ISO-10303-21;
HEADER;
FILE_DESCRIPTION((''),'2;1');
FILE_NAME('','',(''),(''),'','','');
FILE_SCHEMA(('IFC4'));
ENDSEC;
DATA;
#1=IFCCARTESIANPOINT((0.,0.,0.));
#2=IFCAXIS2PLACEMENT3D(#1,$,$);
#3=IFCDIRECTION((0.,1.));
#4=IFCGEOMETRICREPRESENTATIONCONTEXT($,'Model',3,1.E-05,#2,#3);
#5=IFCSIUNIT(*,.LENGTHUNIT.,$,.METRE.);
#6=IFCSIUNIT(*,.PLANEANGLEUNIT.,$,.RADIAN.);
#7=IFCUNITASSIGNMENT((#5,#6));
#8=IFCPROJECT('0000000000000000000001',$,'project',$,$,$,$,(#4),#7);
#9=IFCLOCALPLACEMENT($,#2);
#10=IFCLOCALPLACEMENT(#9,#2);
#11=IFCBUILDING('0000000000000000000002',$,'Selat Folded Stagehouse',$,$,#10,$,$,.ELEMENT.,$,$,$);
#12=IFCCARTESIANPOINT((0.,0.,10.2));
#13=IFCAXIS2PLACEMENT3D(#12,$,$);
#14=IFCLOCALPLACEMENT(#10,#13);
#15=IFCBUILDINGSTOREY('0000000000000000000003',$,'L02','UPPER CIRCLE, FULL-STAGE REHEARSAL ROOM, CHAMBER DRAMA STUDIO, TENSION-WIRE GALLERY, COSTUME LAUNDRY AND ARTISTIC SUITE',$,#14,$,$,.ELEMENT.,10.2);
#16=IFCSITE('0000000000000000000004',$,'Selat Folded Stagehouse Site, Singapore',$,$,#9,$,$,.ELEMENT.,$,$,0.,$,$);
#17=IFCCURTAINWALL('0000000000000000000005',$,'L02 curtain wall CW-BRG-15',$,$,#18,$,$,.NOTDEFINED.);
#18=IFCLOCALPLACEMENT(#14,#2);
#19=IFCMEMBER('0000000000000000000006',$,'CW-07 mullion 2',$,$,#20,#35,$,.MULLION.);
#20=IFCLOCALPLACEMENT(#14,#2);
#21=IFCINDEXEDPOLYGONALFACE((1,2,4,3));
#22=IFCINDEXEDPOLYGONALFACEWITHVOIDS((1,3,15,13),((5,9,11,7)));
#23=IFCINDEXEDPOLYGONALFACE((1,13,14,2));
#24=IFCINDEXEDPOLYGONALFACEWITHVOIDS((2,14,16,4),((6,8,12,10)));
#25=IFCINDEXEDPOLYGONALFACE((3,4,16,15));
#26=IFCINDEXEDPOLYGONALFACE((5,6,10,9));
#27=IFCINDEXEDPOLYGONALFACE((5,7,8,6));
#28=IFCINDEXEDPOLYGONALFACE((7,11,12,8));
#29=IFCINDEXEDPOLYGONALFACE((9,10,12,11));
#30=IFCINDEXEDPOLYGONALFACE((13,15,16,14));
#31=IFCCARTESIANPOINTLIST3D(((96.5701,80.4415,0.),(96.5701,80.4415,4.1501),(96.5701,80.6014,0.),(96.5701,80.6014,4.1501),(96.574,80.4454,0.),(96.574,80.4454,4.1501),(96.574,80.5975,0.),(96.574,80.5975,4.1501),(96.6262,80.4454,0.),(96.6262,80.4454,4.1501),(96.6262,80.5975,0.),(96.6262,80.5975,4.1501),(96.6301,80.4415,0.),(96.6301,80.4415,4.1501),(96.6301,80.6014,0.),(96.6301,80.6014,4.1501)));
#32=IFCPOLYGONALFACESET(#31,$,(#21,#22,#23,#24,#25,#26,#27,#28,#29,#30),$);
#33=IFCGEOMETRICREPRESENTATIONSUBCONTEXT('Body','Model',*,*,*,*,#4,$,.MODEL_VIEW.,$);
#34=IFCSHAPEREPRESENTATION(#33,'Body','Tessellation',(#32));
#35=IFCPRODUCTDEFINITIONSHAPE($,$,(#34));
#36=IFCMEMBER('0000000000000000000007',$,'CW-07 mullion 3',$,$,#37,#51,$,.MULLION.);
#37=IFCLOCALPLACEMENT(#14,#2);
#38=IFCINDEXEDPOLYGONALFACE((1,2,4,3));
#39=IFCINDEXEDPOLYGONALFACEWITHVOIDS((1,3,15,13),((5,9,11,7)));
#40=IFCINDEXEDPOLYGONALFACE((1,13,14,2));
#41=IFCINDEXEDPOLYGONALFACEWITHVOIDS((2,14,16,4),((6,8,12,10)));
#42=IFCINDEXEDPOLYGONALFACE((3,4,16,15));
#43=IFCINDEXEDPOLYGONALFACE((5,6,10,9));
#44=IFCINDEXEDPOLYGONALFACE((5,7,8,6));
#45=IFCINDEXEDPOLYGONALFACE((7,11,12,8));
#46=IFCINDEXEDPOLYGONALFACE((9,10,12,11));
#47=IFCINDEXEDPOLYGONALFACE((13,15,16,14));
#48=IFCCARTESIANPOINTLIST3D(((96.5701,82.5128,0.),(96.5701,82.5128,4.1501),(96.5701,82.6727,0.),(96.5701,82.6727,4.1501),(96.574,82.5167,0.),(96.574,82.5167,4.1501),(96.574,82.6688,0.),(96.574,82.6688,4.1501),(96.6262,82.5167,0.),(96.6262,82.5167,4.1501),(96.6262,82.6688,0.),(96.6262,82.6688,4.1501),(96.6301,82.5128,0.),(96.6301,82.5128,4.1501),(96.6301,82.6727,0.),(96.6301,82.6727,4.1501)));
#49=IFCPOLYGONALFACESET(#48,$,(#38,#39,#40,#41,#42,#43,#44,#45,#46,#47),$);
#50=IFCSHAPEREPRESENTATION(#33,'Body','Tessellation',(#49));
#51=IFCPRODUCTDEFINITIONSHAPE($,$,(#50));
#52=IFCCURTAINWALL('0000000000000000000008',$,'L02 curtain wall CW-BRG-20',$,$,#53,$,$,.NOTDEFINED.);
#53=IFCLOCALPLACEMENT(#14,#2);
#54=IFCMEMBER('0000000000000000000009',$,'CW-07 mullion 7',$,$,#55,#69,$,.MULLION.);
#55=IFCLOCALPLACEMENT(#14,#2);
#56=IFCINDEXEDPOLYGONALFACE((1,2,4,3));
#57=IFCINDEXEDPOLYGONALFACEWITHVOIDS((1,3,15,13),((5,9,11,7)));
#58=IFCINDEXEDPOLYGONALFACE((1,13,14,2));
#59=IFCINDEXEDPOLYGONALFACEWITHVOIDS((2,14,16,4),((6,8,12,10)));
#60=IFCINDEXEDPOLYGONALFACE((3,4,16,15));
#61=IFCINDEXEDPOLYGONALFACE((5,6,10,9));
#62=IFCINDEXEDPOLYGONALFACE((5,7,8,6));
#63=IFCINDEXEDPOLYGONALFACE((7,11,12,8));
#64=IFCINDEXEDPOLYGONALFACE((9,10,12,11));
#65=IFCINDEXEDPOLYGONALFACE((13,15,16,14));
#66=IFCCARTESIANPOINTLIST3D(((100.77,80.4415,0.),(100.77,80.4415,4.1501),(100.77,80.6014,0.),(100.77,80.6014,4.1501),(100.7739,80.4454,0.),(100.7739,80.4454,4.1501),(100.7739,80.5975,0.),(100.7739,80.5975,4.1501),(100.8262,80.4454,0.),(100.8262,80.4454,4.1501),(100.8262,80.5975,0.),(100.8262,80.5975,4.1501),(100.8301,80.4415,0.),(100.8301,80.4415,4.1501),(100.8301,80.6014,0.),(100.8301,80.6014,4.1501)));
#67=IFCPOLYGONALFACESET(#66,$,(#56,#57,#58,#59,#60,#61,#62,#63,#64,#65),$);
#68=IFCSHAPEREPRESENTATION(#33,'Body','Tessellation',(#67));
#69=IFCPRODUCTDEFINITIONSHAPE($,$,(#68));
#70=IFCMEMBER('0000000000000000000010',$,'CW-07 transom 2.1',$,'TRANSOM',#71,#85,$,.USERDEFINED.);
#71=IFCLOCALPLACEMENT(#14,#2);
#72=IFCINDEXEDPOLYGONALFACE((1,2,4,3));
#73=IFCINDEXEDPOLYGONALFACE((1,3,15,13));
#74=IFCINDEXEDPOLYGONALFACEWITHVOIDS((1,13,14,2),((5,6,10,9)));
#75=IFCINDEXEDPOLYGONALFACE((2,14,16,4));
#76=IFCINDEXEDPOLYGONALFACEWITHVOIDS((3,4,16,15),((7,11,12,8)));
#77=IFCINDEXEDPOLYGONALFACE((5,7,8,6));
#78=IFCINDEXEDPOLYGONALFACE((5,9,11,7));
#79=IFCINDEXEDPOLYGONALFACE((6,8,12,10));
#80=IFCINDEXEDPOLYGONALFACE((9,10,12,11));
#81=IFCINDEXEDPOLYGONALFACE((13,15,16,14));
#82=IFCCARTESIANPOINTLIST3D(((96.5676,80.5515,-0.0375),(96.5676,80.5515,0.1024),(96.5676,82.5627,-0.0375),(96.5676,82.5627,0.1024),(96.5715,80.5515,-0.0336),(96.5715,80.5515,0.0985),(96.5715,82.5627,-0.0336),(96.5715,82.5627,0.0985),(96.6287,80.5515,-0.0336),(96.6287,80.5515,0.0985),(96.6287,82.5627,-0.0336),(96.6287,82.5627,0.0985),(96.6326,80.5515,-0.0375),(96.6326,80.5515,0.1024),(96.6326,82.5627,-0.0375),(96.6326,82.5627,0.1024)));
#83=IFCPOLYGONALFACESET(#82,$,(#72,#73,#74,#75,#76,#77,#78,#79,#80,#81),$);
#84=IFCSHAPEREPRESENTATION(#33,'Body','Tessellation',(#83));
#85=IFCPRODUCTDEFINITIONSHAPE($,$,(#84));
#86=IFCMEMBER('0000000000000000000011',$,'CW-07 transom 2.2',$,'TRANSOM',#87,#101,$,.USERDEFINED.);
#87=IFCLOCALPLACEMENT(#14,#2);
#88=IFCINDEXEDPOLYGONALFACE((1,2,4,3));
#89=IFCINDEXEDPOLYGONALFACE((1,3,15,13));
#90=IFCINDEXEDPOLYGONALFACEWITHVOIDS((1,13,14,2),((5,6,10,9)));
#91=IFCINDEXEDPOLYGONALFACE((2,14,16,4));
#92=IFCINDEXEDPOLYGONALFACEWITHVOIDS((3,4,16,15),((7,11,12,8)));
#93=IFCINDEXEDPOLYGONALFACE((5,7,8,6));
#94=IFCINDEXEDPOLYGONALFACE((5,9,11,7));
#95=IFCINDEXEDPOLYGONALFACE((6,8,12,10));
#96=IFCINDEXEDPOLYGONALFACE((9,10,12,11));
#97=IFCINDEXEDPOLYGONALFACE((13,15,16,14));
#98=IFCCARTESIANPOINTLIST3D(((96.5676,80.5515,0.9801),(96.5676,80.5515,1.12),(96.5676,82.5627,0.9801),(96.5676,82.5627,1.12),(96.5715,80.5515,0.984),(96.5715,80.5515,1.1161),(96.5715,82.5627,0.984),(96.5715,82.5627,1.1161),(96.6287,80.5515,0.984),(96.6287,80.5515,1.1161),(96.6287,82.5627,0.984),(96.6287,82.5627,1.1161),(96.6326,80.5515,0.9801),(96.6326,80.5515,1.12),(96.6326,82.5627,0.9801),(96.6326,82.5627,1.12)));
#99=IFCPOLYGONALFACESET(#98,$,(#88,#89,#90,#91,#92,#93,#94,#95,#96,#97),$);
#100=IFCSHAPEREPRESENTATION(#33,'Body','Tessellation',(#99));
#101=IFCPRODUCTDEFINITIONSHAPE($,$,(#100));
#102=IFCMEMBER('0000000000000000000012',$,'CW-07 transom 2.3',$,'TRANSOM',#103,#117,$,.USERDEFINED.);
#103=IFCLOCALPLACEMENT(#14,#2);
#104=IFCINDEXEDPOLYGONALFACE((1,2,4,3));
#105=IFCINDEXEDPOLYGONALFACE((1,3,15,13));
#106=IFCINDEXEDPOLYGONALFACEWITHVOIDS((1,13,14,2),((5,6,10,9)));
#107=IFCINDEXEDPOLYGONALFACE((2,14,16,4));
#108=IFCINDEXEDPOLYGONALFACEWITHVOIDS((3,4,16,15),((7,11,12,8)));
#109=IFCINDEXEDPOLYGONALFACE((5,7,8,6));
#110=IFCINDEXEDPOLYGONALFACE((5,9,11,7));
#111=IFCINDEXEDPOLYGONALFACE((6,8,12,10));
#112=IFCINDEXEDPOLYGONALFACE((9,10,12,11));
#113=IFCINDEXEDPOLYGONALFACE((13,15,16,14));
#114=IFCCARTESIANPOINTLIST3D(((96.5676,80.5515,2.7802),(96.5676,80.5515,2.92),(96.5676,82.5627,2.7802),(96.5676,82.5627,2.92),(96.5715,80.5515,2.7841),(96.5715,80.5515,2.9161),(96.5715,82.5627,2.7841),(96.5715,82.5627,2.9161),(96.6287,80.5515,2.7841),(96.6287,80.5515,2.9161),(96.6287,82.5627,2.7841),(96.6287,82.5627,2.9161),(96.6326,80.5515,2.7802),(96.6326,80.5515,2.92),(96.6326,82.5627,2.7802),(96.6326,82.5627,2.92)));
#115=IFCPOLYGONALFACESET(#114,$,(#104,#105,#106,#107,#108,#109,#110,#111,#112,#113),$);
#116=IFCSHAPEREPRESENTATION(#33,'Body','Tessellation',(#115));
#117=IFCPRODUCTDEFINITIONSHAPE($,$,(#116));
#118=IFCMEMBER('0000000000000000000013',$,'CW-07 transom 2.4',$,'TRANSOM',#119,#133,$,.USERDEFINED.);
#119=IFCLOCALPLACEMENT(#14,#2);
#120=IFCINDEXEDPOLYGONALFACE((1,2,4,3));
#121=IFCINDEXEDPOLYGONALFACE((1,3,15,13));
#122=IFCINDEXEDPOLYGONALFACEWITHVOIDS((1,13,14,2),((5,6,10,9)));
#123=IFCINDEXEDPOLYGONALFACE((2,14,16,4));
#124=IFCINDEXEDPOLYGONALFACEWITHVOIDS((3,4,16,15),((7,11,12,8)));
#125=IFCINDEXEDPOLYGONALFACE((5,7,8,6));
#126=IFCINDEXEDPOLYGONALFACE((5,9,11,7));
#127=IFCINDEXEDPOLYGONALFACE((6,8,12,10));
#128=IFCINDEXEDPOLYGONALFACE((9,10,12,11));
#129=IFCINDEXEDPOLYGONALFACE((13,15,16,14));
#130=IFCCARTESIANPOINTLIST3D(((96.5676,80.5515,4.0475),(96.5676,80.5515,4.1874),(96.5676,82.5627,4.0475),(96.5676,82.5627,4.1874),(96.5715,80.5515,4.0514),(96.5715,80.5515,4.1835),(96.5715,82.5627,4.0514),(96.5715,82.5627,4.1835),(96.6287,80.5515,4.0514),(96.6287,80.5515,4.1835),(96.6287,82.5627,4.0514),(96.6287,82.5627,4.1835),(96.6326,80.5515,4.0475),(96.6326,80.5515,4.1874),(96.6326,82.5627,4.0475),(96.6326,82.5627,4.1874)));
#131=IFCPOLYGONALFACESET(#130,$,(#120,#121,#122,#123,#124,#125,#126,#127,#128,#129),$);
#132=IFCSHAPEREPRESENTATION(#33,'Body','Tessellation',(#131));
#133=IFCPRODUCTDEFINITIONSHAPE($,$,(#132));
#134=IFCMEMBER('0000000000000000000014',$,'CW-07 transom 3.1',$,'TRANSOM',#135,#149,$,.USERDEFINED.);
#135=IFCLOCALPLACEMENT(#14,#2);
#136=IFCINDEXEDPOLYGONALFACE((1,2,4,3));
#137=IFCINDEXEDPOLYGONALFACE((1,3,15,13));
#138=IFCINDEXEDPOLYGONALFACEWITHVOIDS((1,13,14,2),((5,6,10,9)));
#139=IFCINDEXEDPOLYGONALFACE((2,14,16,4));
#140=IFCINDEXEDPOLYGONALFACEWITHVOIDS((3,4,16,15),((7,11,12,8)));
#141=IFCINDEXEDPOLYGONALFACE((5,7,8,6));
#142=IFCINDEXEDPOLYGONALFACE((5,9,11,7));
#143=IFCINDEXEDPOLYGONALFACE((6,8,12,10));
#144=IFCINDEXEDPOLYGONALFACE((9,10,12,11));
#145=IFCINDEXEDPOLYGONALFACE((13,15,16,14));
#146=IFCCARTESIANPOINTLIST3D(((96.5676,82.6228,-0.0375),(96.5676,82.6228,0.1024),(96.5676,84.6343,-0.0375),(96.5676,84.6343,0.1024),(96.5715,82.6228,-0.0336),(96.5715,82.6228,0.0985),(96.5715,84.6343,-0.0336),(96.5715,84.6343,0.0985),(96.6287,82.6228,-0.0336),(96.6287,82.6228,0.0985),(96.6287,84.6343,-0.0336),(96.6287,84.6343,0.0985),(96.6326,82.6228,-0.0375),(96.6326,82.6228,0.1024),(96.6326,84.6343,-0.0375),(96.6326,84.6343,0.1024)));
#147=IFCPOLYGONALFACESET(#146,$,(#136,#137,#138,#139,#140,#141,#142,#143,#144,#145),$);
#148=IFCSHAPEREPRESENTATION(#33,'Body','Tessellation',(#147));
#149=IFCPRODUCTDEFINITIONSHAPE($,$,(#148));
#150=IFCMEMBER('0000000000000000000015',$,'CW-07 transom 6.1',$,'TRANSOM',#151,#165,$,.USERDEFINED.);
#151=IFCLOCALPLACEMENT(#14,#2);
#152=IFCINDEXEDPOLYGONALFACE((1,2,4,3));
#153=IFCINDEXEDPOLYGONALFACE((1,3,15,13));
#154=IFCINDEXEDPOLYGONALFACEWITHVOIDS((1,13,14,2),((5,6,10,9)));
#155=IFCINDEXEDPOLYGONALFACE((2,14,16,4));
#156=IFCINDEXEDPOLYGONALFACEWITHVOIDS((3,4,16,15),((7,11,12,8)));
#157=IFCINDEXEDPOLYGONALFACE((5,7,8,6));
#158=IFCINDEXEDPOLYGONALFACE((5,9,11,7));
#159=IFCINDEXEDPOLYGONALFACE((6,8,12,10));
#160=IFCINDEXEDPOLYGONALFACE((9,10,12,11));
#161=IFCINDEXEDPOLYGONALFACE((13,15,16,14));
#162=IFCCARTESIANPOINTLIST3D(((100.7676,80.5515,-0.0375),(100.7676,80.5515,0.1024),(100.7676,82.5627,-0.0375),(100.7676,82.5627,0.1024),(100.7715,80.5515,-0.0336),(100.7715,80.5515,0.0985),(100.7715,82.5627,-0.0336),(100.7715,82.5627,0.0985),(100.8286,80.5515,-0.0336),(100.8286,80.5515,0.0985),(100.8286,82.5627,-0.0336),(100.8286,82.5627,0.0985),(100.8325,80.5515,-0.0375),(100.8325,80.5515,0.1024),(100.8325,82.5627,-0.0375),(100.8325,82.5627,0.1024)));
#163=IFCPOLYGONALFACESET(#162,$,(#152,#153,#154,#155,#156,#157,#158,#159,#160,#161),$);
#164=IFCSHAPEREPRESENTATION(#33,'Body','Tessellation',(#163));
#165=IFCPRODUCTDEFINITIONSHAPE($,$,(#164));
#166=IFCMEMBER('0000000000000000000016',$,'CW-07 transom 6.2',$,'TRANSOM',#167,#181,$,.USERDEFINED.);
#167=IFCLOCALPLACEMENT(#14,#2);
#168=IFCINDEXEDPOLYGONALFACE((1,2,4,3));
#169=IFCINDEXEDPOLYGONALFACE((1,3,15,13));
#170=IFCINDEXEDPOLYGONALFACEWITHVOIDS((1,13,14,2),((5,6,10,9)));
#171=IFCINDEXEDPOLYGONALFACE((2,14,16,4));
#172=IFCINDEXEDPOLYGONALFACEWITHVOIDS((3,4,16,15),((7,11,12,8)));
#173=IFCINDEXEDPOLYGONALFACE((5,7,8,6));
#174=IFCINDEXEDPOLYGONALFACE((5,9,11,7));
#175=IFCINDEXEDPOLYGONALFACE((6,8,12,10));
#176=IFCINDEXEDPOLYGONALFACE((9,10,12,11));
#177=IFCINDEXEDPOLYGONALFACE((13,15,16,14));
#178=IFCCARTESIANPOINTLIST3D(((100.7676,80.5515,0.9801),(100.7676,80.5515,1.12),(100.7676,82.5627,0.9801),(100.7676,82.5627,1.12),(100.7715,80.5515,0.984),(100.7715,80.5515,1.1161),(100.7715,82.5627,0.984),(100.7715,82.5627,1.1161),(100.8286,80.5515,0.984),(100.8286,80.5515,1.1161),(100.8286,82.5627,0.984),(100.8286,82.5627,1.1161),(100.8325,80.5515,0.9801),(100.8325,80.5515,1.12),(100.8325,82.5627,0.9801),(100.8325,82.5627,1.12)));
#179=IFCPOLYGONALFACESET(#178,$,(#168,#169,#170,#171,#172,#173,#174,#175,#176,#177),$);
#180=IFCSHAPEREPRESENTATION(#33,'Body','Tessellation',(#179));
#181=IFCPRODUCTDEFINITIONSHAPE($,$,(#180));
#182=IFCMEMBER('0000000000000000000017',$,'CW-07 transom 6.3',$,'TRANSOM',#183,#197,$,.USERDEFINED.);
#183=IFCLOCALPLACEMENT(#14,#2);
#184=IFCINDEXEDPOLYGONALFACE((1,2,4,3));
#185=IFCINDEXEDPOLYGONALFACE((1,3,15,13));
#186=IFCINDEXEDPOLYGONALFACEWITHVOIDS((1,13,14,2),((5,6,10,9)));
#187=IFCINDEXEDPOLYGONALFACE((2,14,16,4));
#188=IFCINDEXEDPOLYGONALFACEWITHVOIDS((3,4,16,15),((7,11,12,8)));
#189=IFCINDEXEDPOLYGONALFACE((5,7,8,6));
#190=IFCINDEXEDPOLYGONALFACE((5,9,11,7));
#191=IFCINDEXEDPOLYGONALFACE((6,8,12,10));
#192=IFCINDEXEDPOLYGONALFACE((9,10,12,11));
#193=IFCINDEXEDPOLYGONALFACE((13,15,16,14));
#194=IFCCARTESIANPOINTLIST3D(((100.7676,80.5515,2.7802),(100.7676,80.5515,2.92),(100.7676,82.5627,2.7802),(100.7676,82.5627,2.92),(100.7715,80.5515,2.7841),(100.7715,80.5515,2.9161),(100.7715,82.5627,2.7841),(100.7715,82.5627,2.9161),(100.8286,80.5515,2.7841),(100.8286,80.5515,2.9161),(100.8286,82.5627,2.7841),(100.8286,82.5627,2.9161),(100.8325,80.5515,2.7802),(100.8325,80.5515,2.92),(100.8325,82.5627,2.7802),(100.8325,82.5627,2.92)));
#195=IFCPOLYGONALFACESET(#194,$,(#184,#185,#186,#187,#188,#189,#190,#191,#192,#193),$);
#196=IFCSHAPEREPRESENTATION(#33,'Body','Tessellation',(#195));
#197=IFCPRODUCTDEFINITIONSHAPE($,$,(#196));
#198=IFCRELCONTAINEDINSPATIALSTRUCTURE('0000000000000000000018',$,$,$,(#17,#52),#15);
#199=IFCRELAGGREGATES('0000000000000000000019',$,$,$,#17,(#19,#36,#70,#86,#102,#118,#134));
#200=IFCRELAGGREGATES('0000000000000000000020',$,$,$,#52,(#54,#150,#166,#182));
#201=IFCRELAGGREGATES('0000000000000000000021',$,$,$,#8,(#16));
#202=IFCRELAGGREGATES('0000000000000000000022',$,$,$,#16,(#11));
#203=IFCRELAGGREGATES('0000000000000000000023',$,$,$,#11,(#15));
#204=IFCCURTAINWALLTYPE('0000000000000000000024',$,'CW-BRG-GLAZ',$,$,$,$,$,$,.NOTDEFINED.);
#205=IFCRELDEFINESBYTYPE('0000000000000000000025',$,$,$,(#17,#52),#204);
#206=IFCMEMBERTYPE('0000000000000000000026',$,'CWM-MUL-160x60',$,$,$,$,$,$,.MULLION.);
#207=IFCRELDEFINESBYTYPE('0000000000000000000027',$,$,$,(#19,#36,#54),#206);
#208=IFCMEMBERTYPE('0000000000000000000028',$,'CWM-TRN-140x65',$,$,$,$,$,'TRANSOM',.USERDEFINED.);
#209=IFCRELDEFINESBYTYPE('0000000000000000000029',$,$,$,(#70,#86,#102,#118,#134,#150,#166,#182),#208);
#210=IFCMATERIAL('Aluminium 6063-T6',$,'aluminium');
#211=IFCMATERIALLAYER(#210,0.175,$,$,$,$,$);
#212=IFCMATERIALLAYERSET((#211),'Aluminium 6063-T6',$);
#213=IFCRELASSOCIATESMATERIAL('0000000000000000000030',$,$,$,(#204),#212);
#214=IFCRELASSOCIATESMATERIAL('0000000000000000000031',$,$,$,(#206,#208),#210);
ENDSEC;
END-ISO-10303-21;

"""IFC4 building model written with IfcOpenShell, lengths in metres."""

from ifc_helpers import new_model, si_unit, direction, frame, origin, origin_2d, place, context, subcontext, project, spatial, hollow_rectangle, extrude, material, layer, layer_set, material_profile, profile_set, type_object, element, aggregate, save


model = new_model("IFC4")

# Units and contexts
model_context = context("Model", 3, precision=1e-05, world=origin(), true_north=direction((0.0, 1.0)))
body_context = subcontext(model_context, "Body", "Model", "MODEL_VIEW")
ifc_project = project(units=[si_unit("LENGTHUNIT", "METRE"), si_unit("PLANEANGLEUNIT", "RADIAN")], contexts=[model_context])

# Site, building, storey
site_placement = place(None, origin())
site = spatial("IfcSite", under=ifc_project, at=site_placement, Name="Selat Folded Stagehouse Site, Singapore", CompositionType="ELEMENT", RefElevation=0.0)
building_placement = place(site_placement, origin())
building = spatial("IfcBuilding", under=site, at=building_placement, Name="Selat Folded Stagehouse", CompositionType="ELEMENT")
storey_placement = place(building_placement, frame((0.0, 0.0, 10.2)))
storey = spatial("IfcBuildingStorey", under=building, at=storey_placement, Name="L02", Description="UPPER CIRCLE, FULL-STAGE REHEARSAL ROOM, CHAMBER DRAMA STUDIO, TENSION-WIRE GALLERY, COSTUME LAUNDRY AND ARTISTIC SUITE", CompositionType="ELEMENT", Elevation=10.2)

# Curtain wall, members
ifc_material_1 = material(Name="Aluminium 6063-T6", Category="aluminium")
ifc_layer_1 = layer(ifc_material_1, 0.175)
ifc_layer_set_1 = layer_set([ifc_layer_1], Name="Aluminium 6063-T6")
curtain_wall_type = type_object("IfcCurtainWallType", Name="CW-BRG-GLAZ", PredefinedType="NOTDEFINED", material=ifc_layer_set_1)
curtain_wall_1_placement = place(storey_placement, origin())
curtain_wall_1 = element("IfcCurtainWall", 1, at=curtain_wall_1_placement, inside=storey, type_object=curtain_wall_type, Name="L02 curtain wall CW-BRG-15", PredefinedType="NOTDEFINED")
ifc_material_profile_1 = material_profile(ifc_material_1, hollow_rectangle(XDim=0.0601, YDim=0.1599, WallThickness=0.0039, at=origin_2d()), Name="ALU 160x60x4.0")
ifc_profile_set_1 = profile_set([ifc_material_profile_1], Name="Aluminium 6063-T6")
member_type_1 = type_object("IfcMemberType", Name="CWM-MUL-160x60", PredefinedType="MULLION", material=ifc_profile_set_1)
member_1_placement = place(storey_placement, frame((96.6001, 80.5215, 0.0), z_axis=(0.0, 0.0, 1.0), x_axis=(-1.0, 0.0, 0.0)))
member_1 = element("IfcMember", 2, at=member_1_placement, type_object=member_type_1, Name="CW-07 mullion 2", PredefinedType="MULLION", context=body_context, shape_type="SweptSolid", body=[
    extrude(hollow_rectangle(XDim=0.0601, YDim=0.1599, WallThickness=0.0039, at=origin_2d()), origin(), (0.0, 0.0, 1.0), 4.1501),
])
member_2_placement = place(storey_placement, frame((96.6001, 82.5928, 0.0), z_axis=(0.0, 0.0, 1.0), x_axis=(-1.0, 0.0, 0.0)))
member_2 = element("IfcMember", 3, at=member_2_placement, type_object=member_type_1, Name="CW-07 mullion 3", PredefinedType="MULLION", context=body_context, shape_type="SweptSolid", body=[
    extrude(hollow_rectangle(XDim=0.0601, YDim=0.1599, WallThickness=0.0039, at=origin_2d()), origin(), (0.0, 0.0, 1.0), 4.1501),
])

# Curtain wall, member
curtain_wall_2_placement = place(storey_placement, origin())
curtain_wall_2 = element("IfcCurtainWall", 4, at=curtain_wall_2_placement, inside=storey, type_object=curtain_wall_type, Name="L02 curtain wall CW-BRG-20", PredefinedType="NOTDEFINED")
member_3_placement = place(storey_placement, frame((100.8, 80.5215, 0.0), z_axis=(0.0, 0.0, 1.0), x_axis=(1.0, 0.0, 0.0)))
member_3 = element("IfcMember", 5, at=member_3_placement, type_object=member_type_1, Name="CW-07 mullion 7", PredefinedType="MULLION", context=body_context, shape_type="SweptSolid", body=[
    extrude(hollow_rectangle(XDim=0.0601, YDim=0.1599, WallThickness=0.0039, at=origin_2d()), origin(), (0.0, 0.0, 1.0), 4.1501),
])

# Members
ifc_material_profile_2 = material_profile(ifc_material_1, hollow_rectangle(XDim=0.0649, YDim=0.1399, WallThickness=0.0039, at=origin_2d()), Name="ALU 140x65x4.0")
ifc_profile_set_2 = profile_set([ifc_material_profile_2], Name="Aluminium 6063-T6")
member_type_2 = type_object("IfcMemberType", Name="CWM-TRN-140x65", ElementType="TRANSOM", PredefinedType="USERDEFINED", material=ifc_profile_set_2)
member_4_placement = place(storey_placement, frame((96.6001, 80.5515, 0.0325), z_axis=(0.0, 1.0, 0.0), x_axis=(-1.0, 0.0, 0.0)))
member_4 = element("IfcMember", 6, at=member_4_placement, type_object=member_type_2, Name="CW-07 transom 2.1", ObjectType="TRANSOM", PredefinedType="USERDEFINED", context=body_context, shape_type="SweptSolid", body=[
    extrude(hollow_rectangle(XDim=0.0649, YDim=0.1399, WallThickness=0.0039, at=origin_2d()), origin(), (0.0, 0.0, 1.0), 2.0112),
])
member_5_placement = place(storey_placement, frame((96.6001, 80.5515, 1.05), z_axis=(0.0, 1.0, 0.0), x_axis=(-1.0, 0.0, 0.0)))
member_5 = element("IfcMember", 7, at=member_5_placement, type_object=member_type_2, Name="CW-07 transom 2.2", ObjectType="TRANSOM", PredefinedType="USERDEFINED", context=body_context, shape_type="SweptSolid", body=[
    extrude(hollow_rectangle(XDim=0.0649, YDim=0.1399, WallThickness=0.0039, at=origin_2d()), origin(), (0.0, 0.0, 1.0), 2.0112),
])
member_6_placement = place(storey_placement, frame((96.6001, 80.5515, 2.8501), z_axis=(0.0, 1.0, 0.0), x_axis=(-1.0, 0.0, 0.0)))
member_6 = element("IfcMember", 8, at=member_6_placement, type_object=member_type_2, Name="CW-07 transom 2.3", ObjectType="TRANSOM", PredefinedType="USERDEFINED", context=body_context, shape_type="SweptSolid", body=[
    extrude(hollow_rectangle(XDim=0.0649, YDim=0.1399, WallThickness=0.0039, at=origin_2d()), origin(), (0.0, 0.0, 1.0), 2.0112),
])
member_7_placement = place(storey_placement, frame((96.6001, 80.5515, 4.1174), z_axis=(0.0, 1.0, 0.0), x_axis=(-1.0, 0.0, 0.0)))
member_7 = element("IfcMember", 9, at=member_7_placement, type_object=member_type_2, Name="CW-07 transom 2.4", ObjectType="TRANSOM", PredefinedType="USERDEFINED", context=body_context, shape_type="SweptSolid", body=[
    extrude(hollow_rectangle(XDim=0.0649, YDim=0.1399, WallThickness=0.0039, at=origin_2d()), origin(), (0.0, 0.0, 1.0), 2.0112),
])
member_8_placement = place(storey_placement, frame((96.6001, 82.6228, 0.0325), z_axis=(0.0, 1.0, 0.0), x_axis=(-1.0, 0.0, 0.0)))
member_8 = element("IfcMember", 10, at=member_8_placement, type_object=member_type_2, Name="CW-07 transom 3.1", ObjectType="TRANSOM", PredefinedType="USERDEFINED", context=body_context, shape_type="SweptSolid", body=[
    extrude(hollow_rectangle(XDim=0.0649, YDim=0.1399, WallThickness=0.0039, at=origin_2d()), origin(), (0.0, 0.0, 1.0), 2.0115),
])
member_9_placement = place(storey_placement, frame((100.8, 82.5627, 0.0325), z_axis=(0.0, -1.0, 0.0), x_axis=(1.0, 0.0, 0.0)))
member_9 = element("IfcMember", 11, at=member_9_placement, type_object=member_type_2, Name="CW-07 transom 6.1", ObjectType="TRANSOM", PredefinedType="USERDEFINED", context=body_context, shape_type="SweptSolid", body=[
    extrude(hollow_rectangle(XDim=0.0649, YDim=0.1399, WallThickness=0.0039, at=origin_2d()), origin(), (0.0, 0.0, 1.0), 2.0112),
])
member_10_placement = place(storey_placement, frame((100.8, 82.5627, 1.05), z_axis=(0.0, -1.0, 0.0), x_axis=(1.0, 0.0, 0.0)))
member_10 = element("IfcMember", 12, at=member_10_placement, type_object=member_type_2, Name="CW-07 transom 6.2", ObjectType="TRANSOM", PredefinedType="USERDEFINED", context=body_context, shape_type="SweptSolid", body=[
    extrude(hollow_rectangle(XDim=0.0649, YDim=0.1399, WallThickness=0.0039, at=origin_2d()), origin(), (0.0, 0.0, 1.0), 2.0112),
])
member_11_placement = place(storey_placement, frame((100.8, 82.5627, 2.8501), z_axis=(0.0, -1.0, 0.0), x_axis=(1.0, 0.0, 0.0)))
member_11 = element("IfcMember", 13, at=member_11_placement, type_object=member_type_2, Name="CW-07 transom 6.3", ObjectType="TRANSOM", PredefinedType="USERDEFINED", context=body_context, shape_type="SweptSolid", body=[
    extrude(hollow_rectangle(XDim=0.0649, YDim=0.1399, WallThickness=0.0039, at=origin_2d()), origin(), (0.0, 0.0, 1.0), 2.0112),
])

aggregate(curtain_wall_1, [member_1, member_2, member_4, member_5, member_6, member_7, member_8])
aggregate(curtain_wall_2, [member_3, member_9, member_10, member_11])

save(model, "model.ifc")
